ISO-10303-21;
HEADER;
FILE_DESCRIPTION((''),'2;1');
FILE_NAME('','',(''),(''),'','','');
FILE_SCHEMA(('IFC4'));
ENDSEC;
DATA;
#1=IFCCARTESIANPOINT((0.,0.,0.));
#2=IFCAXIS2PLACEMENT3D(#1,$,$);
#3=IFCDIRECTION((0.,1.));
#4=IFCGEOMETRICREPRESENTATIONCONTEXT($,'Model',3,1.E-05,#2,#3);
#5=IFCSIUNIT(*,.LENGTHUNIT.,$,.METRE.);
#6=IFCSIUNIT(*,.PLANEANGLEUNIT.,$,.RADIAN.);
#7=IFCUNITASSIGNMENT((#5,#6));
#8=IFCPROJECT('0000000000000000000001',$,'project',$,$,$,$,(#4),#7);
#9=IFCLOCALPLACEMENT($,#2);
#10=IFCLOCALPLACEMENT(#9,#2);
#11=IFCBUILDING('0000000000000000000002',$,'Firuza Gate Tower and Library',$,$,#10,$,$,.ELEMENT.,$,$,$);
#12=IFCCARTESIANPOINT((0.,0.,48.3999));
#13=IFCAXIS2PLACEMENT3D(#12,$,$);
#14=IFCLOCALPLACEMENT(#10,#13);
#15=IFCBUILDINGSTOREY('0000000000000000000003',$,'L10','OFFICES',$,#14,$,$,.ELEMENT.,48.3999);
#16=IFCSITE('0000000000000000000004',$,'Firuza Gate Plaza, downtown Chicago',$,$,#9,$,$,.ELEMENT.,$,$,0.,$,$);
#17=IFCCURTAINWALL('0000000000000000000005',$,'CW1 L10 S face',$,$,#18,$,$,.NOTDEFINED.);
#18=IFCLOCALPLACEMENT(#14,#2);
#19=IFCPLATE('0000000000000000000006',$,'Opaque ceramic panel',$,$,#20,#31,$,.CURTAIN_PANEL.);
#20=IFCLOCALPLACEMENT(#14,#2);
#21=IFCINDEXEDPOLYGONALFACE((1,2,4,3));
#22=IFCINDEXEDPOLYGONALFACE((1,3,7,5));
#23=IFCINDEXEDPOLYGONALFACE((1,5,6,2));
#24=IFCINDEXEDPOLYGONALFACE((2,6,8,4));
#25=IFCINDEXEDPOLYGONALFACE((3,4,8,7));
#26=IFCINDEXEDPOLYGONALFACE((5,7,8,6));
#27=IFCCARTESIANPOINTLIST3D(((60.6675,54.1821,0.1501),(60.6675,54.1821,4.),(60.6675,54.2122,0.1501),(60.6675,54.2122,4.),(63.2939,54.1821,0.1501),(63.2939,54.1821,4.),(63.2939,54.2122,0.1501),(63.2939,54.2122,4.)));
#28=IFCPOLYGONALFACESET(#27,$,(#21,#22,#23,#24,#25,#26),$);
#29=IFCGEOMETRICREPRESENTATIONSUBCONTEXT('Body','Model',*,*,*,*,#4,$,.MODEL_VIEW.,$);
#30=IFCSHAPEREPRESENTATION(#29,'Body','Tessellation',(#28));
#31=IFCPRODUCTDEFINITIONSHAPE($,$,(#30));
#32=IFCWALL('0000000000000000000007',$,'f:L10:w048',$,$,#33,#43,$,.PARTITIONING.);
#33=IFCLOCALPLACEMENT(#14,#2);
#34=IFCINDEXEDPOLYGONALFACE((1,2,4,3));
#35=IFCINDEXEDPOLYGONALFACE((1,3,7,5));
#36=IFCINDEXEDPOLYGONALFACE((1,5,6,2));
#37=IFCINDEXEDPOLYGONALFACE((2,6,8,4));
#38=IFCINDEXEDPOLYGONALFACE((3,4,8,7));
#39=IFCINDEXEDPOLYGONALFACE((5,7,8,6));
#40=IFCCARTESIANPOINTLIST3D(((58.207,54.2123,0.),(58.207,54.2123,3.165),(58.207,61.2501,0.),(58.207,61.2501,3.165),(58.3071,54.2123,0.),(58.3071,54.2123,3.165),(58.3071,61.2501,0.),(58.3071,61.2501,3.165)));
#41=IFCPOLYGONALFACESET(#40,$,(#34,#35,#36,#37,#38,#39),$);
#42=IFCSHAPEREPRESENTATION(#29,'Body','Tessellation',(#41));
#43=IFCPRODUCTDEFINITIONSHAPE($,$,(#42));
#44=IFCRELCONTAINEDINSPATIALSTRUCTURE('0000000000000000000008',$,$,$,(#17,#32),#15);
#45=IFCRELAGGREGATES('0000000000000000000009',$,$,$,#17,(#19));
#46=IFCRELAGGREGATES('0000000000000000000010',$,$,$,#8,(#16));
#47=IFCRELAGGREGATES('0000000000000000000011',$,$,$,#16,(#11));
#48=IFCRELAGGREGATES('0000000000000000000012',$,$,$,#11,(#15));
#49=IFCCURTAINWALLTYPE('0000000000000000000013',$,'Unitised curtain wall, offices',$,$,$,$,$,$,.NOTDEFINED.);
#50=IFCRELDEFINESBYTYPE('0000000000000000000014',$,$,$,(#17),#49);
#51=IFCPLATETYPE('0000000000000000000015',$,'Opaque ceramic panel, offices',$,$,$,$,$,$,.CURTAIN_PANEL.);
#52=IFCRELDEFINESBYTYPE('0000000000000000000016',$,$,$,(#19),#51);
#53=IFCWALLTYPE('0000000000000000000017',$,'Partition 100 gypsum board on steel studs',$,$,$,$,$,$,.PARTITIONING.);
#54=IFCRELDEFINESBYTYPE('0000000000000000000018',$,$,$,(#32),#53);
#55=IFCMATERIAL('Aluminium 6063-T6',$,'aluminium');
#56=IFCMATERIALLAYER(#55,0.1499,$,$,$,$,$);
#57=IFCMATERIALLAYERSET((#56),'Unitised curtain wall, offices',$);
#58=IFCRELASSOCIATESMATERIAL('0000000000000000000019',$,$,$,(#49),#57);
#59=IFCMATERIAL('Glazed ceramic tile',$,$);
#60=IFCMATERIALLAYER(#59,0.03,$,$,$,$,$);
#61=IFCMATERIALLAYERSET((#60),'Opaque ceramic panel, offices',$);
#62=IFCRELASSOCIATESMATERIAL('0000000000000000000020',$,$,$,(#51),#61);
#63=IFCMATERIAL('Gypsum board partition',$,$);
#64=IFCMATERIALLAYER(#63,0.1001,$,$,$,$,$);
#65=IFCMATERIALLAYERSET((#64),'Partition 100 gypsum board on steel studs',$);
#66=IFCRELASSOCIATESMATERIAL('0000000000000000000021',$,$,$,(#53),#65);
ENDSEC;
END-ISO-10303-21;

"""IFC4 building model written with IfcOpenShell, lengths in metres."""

from ifc_helpers import new_model, si_unit, direction, frame, frame_2d, origin, place, context, subcontext, project, spatial, polyline, rectangle, outline, extrude, material, layer, layer_set, type_object, element, aggregate, save


model = new_model("IFC4")

# Units and contexts
model_context = context("Model", 3, precision=1e-05, world=origin(), true_north=direction((0.0, 1.0)))
body_context = subcontext(model_context, "Body", "Model", "MODEL_VIEW")
ifc_project = project(units=[si_unit("LENGTHUNIT", "METRE"), si_unit("PLANEANGLEUNIT", "RADIAN")], contexts=[model_context])

# Site, building, storey
site_placement = place(None, origin())
site = spatial("IfcSite", under=ifc_project, at=site_placement, Name="Firuza Gate Plaza, downtown Chicago", CompositionType="ELEMENT", RefElevation=0.0)
building_placement = place(site_placement, origin())
building = spatial("IfcBuilding", under=site, at=building_placement, Name="Firuza Gate Tower and Library", CompositionType="ELEMENT")
storey_placement = place(building_placement, frame((0.0, 0.0, 48.3999)))
storey = spatial("IfcBuildingStorey", under=building, at=storey_placement, Name="L10", Description="OFFICES", CompositionType="ELEMENT", Elevation=48.3999)

# Curtain wall
ifc_material_1 = material(Name="Aluminium 6063-T6", Category="aluminium")
ifc_layer_1 = layer(ifc_material_1, 0.1499)
ifc_layer_set_1 = layer_set([ifc_layer_1], Name="Unitised curtain wall, offices")
curtain_wall_type = type_object("IfcCurtainWallType", Name="Unitised curtain wall, offices", PredefinedType="NOTDEFINED", material=ifc_layer_set_1)
curtain_wall_placement = place(storey_placement, origin())
curtain_wall = element("IfcCurtainWall", 1, at=curtain_wall_placement, inside=storey, type_object=curtain_wall_type, Name="CW1 L10 S face", PredefinedType="NOTDEFINED")

# Plate
ifc_material_2 = material(Name="Glazed ceramic tile")
ifc_layer_2 = layer(ifc_material_2, 0.03)
ifc_layer_set_2 = layer_set([ifc_layer_2], Name="Opaque ceramic panel, offices")
plate_type_1 = type_object("IfcPlateType", Name="Opaque ceramic panel, offices", PredefinedType="CURTAIN_PANEL", material=ifc_layer_set_2)
plate_1_placement = place(storey_placement, frame((60.6675, 54.1821, 0.1501), z_axis=(0.0, -1.0, 0.0), x_axis=(1.0, 0.0, 0.0)))
plate_1 = element("IfcPlate", 2, at=plate_1_placement, type_object=plate_type_1, Name="Opaque ceramic panel", PredefinedType="CURTAIN_PANEL", context=body_context, shape_type="SweptSolid", body=[
    extrude(outline(polyline([(0.0, 0.0), (2.6265, 0.0), (2.6265, 3.8499), (0.0, 3.8499), (0.0, 0.0)])), origin(), (0.0, 0.0, -1.0), 0.03),
])
aggregate(curtain_wall, [plate_1])

# Wall
ifc_material_3 = material(Name="Gypsum board partition")
ifc_layer_3 = layer(ifc_material_3, 0.1001)
ifc_layer_set_3 = layer_set([ifc_layer_3], Name="Partition 100 gypsum board on steel studs")
wall_type = type_object("IfcWallType", Name="Partition 100 gypsum board on steel studs", PredefinedType="PARTITIONING", material=ifc_layer_set_3)
wall_placement = place(storey_placement, frame((58.2571, 54.2122, 0.0), z_axis=(0.0, 0.0, 1.0), x_axis=(0.0, 1.0, 0.0)))
element("IfcWall", 3, at=wall_placement, inside=storey, type_object=wall_type, Name="f:L10:w048", PredefinedType="PARTITIONING", context=body_context, shape_type="SweptSolid", body=[
    extrude(rectangle(XDim=7.0378, YDim=0.1001, at=frame_2d((3.519, 0.0))), origin(), (0.0, 0.0, 1.0), 3.165),
])

save(model, "model.ifc")
